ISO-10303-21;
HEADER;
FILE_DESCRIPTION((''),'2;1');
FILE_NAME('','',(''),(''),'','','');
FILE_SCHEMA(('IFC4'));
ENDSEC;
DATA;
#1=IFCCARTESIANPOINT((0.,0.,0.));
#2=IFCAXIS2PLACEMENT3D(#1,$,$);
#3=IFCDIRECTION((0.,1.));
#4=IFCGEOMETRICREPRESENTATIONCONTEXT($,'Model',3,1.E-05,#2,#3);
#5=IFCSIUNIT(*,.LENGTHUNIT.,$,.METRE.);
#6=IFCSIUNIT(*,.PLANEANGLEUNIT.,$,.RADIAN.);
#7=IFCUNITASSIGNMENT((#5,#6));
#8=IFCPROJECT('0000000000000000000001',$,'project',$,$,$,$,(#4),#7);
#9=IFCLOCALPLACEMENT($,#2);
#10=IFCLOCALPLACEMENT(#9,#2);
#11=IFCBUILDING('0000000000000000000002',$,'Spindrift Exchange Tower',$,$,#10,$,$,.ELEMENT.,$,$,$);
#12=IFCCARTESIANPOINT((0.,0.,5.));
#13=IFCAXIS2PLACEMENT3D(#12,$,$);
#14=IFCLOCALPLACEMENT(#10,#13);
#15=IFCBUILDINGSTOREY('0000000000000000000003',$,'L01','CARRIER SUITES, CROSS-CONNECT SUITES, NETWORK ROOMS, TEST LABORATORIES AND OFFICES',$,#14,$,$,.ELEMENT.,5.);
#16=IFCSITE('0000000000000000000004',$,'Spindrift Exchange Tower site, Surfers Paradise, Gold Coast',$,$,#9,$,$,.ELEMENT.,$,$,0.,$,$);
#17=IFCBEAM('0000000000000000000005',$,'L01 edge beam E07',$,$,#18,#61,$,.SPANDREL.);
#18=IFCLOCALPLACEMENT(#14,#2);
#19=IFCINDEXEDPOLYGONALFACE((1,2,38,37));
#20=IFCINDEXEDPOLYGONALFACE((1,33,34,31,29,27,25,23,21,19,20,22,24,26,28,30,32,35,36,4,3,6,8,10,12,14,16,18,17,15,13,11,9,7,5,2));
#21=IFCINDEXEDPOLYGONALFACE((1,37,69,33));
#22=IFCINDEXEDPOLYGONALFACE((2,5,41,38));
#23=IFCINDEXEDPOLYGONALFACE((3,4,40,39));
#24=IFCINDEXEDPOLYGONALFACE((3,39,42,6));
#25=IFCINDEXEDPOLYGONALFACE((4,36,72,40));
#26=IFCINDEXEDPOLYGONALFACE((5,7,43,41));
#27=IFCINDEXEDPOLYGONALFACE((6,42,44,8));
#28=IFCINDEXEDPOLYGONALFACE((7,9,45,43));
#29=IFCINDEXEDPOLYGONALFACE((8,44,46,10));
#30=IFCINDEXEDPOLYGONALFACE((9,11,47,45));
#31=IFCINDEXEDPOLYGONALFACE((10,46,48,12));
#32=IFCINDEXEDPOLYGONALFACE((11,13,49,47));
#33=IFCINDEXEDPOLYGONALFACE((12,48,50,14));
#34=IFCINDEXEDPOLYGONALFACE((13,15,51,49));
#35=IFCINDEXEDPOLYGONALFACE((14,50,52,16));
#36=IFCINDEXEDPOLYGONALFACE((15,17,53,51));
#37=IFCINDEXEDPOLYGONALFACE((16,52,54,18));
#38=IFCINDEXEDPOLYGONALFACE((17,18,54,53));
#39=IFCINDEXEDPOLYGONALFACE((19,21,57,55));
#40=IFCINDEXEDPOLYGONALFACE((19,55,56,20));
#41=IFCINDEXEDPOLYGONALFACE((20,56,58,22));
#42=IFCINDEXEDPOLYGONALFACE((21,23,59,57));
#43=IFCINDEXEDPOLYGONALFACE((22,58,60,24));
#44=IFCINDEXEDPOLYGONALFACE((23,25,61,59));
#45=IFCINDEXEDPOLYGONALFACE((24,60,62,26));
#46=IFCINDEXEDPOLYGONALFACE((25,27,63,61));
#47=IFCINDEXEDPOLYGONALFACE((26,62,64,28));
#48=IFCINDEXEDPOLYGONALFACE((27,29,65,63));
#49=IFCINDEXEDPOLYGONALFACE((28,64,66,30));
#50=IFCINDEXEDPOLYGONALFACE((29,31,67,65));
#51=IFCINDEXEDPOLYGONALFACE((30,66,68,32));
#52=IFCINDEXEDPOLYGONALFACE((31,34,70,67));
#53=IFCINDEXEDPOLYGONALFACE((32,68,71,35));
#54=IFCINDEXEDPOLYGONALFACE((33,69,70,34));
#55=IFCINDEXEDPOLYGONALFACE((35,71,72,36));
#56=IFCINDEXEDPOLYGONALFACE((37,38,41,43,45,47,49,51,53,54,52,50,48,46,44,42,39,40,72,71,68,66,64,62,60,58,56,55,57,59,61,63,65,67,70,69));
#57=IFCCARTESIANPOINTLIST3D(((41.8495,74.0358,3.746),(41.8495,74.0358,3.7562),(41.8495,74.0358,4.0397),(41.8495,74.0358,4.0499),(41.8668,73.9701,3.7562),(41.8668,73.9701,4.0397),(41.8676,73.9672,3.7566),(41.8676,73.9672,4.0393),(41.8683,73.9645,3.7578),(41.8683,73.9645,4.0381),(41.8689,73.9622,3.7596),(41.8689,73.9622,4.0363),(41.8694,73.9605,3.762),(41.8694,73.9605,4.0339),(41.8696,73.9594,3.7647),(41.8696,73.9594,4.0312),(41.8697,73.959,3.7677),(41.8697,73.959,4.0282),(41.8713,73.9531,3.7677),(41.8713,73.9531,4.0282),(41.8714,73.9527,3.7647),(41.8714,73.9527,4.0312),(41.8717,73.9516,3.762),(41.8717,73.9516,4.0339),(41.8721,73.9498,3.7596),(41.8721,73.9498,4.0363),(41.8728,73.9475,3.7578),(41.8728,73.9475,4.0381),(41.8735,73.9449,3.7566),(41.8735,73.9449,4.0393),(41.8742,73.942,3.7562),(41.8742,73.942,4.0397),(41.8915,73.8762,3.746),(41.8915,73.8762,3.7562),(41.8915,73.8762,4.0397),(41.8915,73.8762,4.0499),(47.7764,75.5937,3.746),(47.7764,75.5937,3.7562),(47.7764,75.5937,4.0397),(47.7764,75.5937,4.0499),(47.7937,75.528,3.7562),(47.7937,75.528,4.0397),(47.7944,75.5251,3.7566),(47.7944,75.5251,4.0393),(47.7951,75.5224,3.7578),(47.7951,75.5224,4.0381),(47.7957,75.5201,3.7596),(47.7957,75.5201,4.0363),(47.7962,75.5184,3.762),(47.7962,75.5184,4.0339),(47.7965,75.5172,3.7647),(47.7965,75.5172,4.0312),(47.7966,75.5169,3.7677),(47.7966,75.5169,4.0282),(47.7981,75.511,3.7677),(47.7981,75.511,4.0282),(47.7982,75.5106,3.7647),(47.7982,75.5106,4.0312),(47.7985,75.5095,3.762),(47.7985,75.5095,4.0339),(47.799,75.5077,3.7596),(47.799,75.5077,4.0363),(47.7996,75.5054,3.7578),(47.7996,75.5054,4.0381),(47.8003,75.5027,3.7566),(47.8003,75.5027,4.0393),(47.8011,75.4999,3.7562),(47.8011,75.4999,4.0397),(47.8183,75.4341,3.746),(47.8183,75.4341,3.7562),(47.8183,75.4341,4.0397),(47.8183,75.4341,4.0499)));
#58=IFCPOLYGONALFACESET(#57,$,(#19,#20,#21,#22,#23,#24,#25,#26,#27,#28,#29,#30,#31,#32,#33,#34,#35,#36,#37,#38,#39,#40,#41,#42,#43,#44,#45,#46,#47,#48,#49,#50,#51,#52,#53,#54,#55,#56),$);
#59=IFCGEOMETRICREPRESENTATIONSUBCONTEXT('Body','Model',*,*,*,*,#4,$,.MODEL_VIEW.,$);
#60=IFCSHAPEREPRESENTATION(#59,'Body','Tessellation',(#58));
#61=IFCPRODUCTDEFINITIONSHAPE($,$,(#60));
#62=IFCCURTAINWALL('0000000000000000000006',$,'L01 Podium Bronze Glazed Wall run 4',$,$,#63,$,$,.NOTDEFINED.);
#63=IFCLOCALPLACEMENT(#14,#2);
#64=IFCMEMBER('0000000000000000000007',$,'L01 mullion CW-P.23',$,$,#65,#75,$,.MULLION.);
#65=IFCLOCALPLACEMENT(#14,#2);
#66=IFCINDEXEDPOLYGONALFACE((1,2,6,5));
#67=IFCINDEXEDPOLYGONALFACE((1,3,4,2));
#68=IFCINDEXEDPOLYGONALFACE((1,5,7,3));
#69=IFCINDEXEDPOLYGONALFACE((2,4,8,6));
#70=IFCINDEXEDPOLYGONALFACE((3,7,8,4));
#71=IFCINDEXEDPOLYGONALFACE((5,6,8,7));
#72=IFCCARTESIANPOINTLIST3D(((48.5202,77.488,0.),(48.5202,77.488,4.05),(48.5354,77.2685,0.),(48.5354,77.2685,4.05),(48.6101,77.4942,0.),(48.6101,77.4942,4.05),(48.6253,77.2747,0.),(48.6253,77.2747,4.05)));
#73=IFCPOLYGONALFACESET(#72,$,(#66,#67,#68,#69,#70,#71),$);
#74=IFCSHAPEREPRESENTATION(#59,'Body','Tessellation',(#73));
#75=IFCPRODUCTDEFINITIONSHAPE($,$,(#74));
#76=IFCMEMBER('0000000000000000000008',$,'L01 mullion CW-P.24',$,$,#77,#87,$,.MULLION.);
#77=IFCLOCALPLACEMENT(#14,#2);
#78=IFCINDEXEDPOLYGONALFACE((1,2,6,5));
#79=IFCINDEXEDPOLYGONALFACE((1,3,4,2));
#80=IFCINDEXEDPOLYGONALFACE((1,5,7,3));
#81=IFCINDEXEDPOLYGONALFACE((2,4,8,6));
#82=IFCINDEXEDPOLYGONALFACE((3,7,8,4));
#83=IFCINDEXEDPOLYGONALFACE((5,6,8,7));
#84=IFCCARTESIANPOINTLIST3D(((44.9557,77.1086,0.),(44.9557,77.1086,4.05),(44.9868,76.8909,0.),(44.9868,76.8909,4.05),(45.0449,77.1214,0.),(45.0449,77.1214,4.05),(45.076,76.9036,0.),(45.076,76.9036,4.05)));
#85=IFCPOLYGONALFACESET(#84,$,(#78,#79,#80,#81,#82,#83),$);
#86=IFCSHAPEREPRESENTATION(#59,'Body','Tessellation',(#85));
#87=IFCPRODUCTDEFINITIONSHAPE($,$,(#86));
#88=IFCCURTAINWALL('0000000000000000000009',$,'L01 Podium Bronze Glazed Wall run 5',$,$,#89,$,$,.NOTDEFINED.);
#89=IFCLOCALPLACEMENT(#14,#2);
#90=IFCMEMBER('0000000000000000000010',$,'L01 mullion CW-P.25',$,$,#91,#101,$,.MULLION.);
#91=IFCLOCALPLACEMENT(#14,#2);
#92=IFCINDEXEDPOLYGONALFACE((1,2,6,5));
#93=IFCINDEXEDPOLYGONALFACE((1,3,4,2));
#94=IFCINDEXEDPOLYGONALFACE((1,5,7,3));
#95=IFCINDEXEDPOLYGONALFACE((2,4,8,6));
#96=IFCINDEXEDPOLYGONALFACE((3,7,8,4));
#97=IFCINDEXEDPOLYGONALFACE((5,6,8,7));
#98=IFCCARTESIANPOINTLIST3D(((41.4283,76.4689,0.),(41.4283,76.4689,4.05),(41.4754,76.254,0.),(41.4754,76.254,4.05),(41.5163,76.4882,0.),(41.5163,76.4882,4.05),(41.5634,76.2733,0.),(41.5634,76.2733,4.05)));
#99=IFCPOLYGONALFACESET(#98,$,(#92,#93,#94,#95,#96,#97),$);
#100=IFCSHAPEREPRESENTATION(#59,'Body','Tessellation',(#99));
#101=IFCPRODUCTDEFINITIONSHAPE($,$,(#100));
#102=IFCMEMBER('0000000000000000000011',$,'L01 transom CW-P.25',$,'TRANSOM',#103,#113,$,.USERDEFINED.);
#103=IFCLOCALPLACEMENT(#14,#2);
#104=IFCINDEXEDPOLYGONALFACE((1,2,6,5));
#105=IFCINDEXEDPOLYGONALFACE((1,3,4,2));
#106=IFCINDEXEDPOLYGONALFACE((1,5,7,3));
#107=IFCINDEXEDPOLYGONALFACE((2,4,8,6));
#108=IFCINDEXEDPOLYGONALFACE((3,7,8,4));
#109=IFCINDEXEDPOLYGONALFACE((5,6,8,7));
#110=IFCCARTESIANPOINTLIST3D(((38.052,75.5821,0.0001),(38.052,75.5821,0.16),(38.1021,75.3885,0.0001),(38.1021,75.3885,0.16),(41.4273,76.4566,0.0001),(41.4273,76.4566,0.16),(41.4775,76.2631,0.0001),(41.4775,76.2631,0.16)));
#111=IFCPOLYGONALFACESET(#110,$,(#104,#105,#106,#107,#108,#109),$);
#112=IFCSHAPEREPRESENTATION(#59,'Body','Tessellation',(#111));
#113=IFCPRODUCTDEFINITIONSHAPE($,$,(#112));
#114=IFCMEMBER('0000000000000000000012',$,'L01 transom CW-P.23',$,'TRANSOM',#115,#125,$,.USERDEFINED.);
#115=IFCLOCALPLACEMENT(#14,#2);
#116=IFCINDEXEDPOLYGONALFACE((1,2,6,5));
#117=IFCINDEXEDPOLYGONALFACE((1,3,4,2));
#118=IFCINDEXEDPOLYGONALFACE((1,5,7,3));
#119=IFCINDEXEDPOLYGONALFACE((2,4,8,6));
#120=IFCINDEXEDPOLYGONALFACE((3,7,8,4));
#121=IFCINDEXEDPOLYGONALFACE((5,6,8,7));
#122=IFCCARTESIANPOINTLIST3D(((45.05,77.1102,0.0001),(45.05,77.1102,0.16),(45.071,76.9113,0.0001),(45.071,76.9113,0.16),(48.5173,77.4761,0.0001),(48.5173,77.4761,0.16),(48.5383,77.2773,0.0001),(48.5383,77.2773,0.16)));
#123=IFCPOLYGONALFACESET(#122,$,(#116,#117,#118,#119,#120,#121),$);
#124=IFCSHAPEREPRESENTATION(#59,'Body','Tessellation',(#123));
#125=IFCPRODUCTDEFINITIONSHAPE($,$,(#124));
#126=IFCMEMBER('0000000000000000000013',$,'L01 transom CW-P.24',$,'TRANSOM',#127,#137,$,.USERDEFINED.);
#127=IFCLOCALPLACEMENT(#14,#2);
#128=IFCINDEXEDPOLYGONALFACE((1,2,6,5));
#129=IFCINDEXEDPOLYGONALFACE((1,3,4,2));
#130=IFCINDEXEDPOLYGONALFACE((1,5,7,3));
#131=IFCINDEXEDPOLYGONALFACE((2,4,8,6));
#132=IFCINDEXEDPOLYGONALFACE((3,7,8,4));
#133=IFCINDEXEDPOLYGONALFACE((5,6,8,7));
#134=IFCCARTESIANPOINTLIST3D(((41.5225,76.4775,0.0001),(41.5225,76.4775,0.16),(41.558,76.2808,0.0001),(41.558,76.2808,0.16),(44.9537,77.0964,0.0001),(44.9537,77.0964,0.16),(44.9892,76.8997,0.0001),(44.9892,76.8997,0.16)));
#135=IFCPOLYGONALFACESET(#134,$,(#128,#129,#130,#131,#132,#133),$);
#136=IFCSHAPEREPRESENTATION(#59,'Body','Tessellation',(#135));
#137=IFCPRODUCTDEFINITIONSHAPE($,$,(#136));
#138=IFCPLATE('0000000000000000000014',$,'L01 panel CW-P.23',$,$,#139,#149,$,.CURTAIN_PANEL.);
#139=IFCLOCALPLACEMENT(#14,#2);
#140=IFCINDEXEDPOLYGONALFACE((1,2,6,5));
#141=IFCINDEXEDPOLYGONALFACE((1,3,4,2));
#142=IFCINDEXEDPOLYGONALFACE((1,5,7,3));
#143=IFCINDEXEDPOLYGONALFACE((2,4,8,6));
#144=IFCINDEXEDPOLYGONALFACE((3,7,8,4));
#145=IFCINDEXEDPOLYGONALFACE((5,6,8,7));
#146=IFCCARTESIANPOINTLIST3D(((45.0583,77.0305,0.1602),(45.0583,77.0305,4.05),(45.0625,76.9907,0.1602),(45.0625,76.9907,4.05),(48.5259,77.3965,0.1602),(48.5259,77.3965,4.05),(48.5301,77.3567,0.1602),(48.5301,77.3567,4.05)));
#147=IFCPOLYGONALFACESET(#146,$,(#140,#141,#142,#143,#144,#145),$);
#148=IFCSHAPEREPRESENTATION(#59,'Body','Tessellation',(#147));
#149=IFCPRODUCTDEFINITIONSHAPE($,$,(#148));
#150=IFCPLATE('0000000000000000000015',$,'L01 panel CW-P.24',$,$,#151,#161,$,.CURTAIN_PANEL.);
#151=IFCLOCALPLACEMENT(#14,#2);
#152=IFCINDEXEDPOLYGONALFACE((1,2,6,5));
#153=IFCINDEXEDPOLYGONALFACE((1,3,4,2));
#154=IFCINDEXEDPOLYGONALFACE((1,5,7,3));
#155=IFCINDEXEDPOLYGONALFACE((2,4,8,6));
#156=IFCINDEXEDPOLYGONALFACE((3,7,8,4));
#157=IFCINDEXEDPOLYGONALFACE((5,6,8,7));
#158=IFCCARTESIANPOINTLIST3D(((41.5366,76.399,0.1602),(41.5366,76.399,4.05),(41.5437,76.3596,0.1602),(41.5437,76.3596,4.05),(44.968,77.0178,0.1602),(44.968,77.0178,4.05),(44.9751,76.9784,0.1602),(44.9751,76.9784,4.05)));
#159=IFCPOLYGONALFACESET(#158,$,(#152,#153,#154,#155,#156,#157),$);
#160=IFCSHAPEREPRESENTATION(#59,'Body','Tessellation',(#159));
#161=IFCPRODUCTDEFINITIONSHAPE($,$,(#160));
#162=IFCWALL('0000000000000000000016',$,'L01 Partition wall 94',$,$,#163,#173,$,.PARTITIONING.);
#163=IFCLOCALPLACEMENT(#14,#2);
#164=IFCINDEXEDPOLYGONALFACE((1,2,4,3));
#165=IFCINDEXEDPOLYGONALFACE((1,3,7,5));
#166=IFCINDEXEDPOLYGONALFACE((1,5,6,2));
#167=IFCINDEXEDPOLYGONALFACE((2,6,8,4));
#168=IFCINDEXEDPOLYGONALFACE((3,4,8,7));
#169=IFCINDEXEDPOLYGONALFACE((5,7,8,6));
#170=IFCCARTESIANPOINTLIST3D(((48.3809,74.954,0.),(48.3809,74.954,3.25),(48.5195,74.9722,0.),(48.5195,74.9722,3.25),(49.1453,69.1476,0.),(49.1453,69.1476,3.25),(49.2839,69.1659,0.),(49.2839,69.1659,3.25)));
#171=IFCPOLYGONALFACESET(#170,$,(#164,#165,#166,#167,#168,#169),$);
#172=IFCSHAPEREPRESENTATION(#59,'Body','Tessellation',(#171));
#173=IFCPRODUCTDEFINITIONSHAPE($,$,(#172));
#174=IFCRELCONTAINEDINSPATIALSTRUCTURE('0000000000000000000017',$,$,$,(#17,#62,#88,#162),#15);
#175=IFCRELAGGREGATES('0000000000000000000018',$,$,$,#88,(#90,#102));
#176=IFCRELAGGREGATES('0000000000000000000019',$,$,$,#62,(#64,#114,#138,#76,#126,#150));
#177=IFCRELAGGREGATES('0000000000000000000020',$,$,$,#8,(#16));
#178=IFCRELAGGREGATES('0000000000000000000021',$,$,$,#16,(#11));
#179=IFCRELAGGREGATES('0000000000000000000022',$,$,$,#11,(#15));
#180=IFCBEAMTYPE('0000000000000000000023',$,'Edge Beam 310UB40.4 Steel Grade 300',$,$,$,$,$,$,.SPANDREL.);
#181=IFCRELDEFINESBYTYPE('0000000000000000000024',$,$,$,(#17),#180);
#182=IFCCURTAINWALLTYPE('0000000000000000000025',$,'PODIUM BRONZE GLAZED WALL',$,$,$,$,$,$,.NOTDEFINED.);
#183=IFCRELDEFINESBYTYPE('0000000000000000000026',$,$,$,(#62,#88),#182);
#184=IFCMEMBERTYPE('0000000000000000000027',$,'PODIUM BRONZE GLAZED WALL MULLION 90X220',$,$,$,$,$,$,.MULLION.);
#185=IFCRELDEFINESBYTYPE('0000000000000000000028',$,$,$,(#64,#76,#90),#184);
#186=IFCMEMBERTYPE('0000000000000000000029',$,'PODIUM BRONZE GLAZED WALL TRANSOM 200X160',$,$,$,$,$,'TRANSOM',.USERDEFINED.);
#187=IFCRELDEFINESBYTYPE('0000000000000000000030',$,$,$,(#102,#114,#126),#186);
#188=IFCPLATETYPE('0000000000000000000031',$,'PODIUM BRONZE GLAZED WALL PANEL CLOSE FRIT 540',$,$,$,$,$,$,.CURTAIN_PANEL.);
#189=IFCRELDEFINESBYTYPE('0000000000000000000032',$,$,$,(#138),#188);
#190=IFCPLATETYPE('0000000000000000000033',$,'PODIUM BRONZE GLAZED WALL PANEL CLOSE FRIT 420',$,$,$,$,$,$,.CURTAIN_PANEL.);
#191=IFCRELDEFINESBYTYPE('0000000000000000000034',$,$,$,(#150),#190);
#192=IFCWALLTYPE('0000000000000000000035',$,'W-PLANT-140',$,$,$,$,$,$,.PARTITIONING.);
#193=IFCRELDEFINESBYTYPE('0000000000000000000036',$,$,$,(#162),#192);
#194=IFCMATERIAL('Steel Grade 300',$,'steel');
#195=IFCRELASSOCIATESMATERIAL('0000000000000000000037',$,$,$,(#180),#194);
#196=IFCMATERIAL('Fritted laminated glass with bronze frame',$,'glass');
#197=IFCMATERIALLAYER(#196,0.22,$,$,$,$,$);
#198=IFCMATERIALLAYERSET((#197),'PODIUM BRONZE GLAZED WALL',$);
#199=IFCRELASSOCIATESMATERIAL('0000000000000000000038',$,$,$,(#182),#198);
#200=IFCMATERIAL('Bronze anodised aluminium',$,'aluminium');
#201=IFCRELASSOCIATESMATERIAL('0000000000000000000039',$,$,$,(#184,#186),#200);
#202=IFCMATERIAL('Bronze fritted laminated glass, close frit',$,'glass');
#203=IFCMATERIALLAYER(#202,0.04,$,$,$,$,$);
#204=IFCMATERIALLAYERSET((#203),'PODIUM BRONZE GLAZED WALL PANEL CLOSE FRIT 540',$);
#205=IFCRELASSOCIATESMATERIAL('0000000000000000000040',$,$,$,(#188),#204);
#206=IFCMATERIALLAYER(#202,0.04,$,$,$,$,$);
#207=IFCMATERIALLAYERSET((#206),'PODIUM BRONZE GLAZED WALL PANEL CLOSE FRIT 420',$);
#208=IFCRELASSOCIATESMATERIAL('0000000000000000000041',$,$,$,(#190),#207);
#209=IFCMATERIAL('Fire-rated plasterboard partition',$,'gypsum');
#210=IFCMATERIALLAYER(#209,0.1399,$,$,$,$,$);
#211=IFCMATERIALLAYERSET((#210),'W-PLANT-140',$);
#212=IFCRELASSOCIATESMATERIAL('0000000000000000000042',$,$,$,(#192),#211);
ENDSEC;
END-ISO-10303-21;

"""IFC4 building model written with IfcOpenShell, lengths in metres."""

from ifc_helpers import new_model, si_unit, direction, frame, frame_2d, origin, origin_2d, place, context, subcontext, project, spatial, rectangle, i_section, extrude, source, transform, mapped, material, layer, layer_set, material_profile, profile_set, type_object, element, aggregate, save


model = new_model("IFC4")

# Units and contexts
model_context = context("Model", 3, precision=1e-05, world=origin(), true_north=direction((0.0, 1.0)))
body_context = subcontext(model_context, "Body", "Model", "MODEL_VIEW")
ifc_project = project(units=[si_unit("LENGTHUNIT", "METRE"), si_unit("PLANEANGLEUNIT", "RADIAN")], contexts=[model_context])

# Site, building, storey
site_placement = place(None, origin())
site = spatial("IfcSite", under=ifc_project, at=site_placement, Name="Spindrift Exchange Tower site, Surfers Paradise, Gold Coast", CompositionType="ELEMENT", RefElevation=0.0)
building_placement = place(site_placement, origin())
building = spatial("IfcBuilding", under=site, at=building_placement, Name="Spindrift Exchange Tower", CompositionType="ELEMENT")
storey_placement = place(building_placement, frame((0.0, 0.0, 5.0)))
storey = spatial("IfcBuildingStorey", under=building, at=storey_placement, Name="L01", Description="CARRIER SUITES, CROSS-CONNECT SUITES, NETWORK ROOMS, TEST LABORATORIES AND OFFICES", CompositionType="ELEMENT", Elevation=5.0)

# Beam
ifc_material_1 = material(Name="Steel Grade 300", Category="steel")
ifc_material_profile_1 = material_profile(ifc_material_1, i_section(OverallWidth=0.165, OverallDepth=0.304, WebThickness=0.0061, FlangeThickness=0.0103, FilletRadius=0.0115, at=origin_2d()), Name="310UB40.4")
ifc_profile_set_1 = profile_set([ifc_material_profile_1], Name="Steel Grade 300")
beam_type_1 = type_object("IfcBeamType", Name="Edge Beam 310UB40.4 Steel Grade 300", PredefinedType="SPANDREL", material=ifc_profile_set_1)
shared_shape_1 = source(origin(), body_context, "Body", "SweptSolid", [
    extrude(i_section(OverallWidth=0.165, OverallDepth=0.304, WebThickness=0.0061, FlangeThickness=0.0103, FilletRadius=0.0115, at=origin_2d()), origin(), (0.0, 0.0, 1.0), 6.1282),
])
beam_1_placement = place(storey_placement, frame((47.7974, 75.5139, 3.8979), z_axis=(-0.967147, -0.254217, 0.0), x_axis=(0.254217, -0.967147, 0.0)))
element("IfcBeam", 1, at=beam_1_placement, inside=storey, type_object=beam_type_1, Name="L01 edge beam E07", PredefinedType="SPANDREL", context=body_context, shape_type="MappedRepresentation", body=[
    mapped(shared_shape_1, transform((0.0, 0.0, 0.0), scale=1.0)),
])

# Curtain walls, members
ifc_material_2 = material(Name="Fritted laminated glass with bronze frame", Category="glass")
ifc_layer_1 = layer(ifc_material_2, 0.22)
ifc_layer_set_1 = layer_set([ifc_layer_1], Name="PODIUM BRONZE GLAZED WALL")
curtain_wall_type = type_object("IfcCurtainWallType", Name="PODIUM BRONZE GLAZED WALL", PredefinedType="NOTDEFINED", material=ifc_layer_set_1)
curtain_wall_1_placement = place(storey_placement, origin())
curtain_wall_1 = element("IfcCurtainWall", 2, at=curtain_wall_1_placement, inside=storey, type_object=curtain_wall_type, Name="L01 Podium Bronze Glazed Wall run 4", PredefinedType="NOTDEFINED")
ifc_material_3 = material(Name="Bronze anodised aluminium", Category="aluminium")
ifc_material_profile_2 = material_profile(ifc_material_3, rectangle(XDim=0.0901, YDim=0.22, at=origin_2d()), Name="PODIUM BRONZE GLAZED WALL MULLION 90X220")
ifc_profile_set_2 = profile_set([ifc_material_profile_2], Name="Bronze anodised aluminium")
member_type_1 = type_object("IfcMemberType", Name="PODIUM BRONZE GLAZED WALL MULLION 90X220", PredefinedType="MULLION", material=ifc_profile_set_2)
shared_shape_2 = source(origin(), body_context, "Body", "SweptSolid", [
    extrude(rectangle(XDim=0.0901, YDim=0.22, at=origin_2d()), origin(), (0.0, 0.0, 1.0), 4.05),
])
member_1_placement = place(storey_placement, frame((48.5728, 77.3813, 0.0), z_axis=(0.0, 0.0, 1.0), x_axis=(-0.997617, -0.068992, 0.0)))
member_1 = element("IfcMember", 3, at=member_1_placement, type_object=member_type_1, Name="L01 mullion CW-P.23", PredefinedType="MULLION", context=body_context, shape_type="MappedRepresentation", body=[
    mapped(shared_shape_2, transform((0.0, 0.0, 0.0), scale=1.0)),
])
member_2_placement = place(storey_placement, frame((45.0159, 77.0061, 0.0), z_axis=(0.0, 0.0, 1.0), x_axis=(-0.989965, -0.141315, 0.0)))
member_2 = element("IfcMember", 4, at=member_2_placement, type_object=member_type_1, Name="L01 mullion CW-P.24", PredefinedType="MULLION", context=body_context, shape_type="MappedRepresentation", body=[
    mapped(shared_shape_2, transform((0.0, 0.0, 0.0), scale=1.0)),
])
curtain_wall_2_placement = place(storey_placement, origin())
curtain_wall_2 = element("IfcCurtainWall", 5, at=curtain_wall_2_placement, inside=storey, type_object=curtain_wall_type, Name="L01 Podium Bronze Glazed Wall run 5", PredefinedType="NOTDEFINED")
member_3_placement = place(storey_placement, frame((41.4958, 76.3711, 0.0), z_axis=(0.0, 0.0, 1.0), x_axis=(-0.976764, -0.214317, 0.0)))
member_3 = element("IfcMember", 6, at=member_3_placement, type_object=member_type_1, Name="L01 mullion CW-P.25", PredefinedType="MULLION", context=body_context, shape_type="MappedRepresentation", body=[
    mapped(shared_shape_2, transform((0.0, 0.0, 0.0), scale=1.0)),
])
ifc_material_profile_3 = material_profile(ifc_material_3, rectangle(XDim=0.2, YDim=0.1599, at=origin_2d()), Name="PODIUM BRONZE GLAZED WALL TRANSOM 200X160")
ifc_profile_set_3 = profile_set([ifc_material_profile_3], Name="Bronze anodised aluminium")
member_type_2 = type_object("IfcMemberType", Name="PODIUM BRONZE GLAZED WALL TRANSOM 200X160", ElementType="TRANSOM", PredefinedType="USERDEFINED", material=ifc_profile_set_3)
shared_shape_3 = source(origin(), body_context, "Body", "SweptSolid", [
    extrude(rectangle(XDim=0.2, YDim=0.1599, at=origin_2d()), origin(), (0.0, 0.0, 1.0), 3.4868),
])
member_4_placement = place(storey_placement, frame((41.4524, 76.3599, 0.0801), z_axis=(-0.968035, -0.250814, 0.0), x_axis=(0.250814, -0.968035, 0.0)))
member_4 = element("IfcMember", 7, at=member_4_placement, type_object=member_type_2, Name="L01 transom CW-P.25", ObjectType="TRANSOM", PredefinedType="USERDEFINED", context=body_context, shape_type="MappedRepresentation", body=[
    mapped(shared_shape_3, transform((0.0, 0.0, 0.0), scale=1.0)),
])
aggregate(curtain_wall_2, [member_3, member_4])

# Members
shared_shape_4 = source(origin(), body_context, "Body", "SweptSolid", [
    extrude(rectangle(XDim=0.2, YDim=0.1599, at=origin_2d()), origin(), (0.0, 0.0, 1.0), 3.4866),
])
member_5_placement = place(storey_placement, frame((48.5278, 77.3767, 0.0801), z_axis=(-0.994476, -0.104965, 0.0), x_axis=(0.104965, -0.994476, 0.0)))
member_5 = element("IfcMember", 8, at=member_5_placement, type_object=member_type_2, Name="L01 transom CW-P.23", ObjectType="TRANSOM", PredefinedType="USERDEFINED", context=body_context, shape_type="MappedRepresentation", body=[
    mapped(shared_shape_4, transform((0.0, 0.0, 0.0), scale=1.0)),
])
member_6_placement = place(storey_placement, frame((44.9714, 76.998, 0.0801), z_axis=(-0.984119, -0.177511, 0.0), x_axis=(0.177511, -0.984119, 0.0)))
member_6 = element("IfcMember", 9, at=member_6_placement, type_object=member_type_2, Name="L01 transom CW-P.24", ObjectType="TRANSOM", PredefinedType="USERDEFINED", context=body_context, shape_type="MappedRepresentation", body=[
    mapped(shared_shape_4, transform((0.0, 0.0, 0.0), scale=1.0)),
])

# Plates
ifc_material_4 = material(Name="Bronze fritted laminated glass, close frit", Category="glass")
ifc_layer_2 = layer(ifc_material_4, 0.04)
ifc_layer_set_2 = layer_set([ifc_layer_2], Name="PODIUM BRONZE GLAZED WALL PANEL CLOSE FRIT 540")
plate_type_1 = type_object("IfcPlateType", Name="PODIUM BRONZE GLAZED WALL PANEL CLOSE FRIT 540", PredefinedType="CURTAIN_PANEL", material=ifc_layer_set_2)
shared_shape_5 = source(origin(), body_context, "Body", "SweptSolid", [
    extrude(rectangle(XDim=3.4868, YDim=0.04, at=origin_2d()), origin(), (0.0, 0.0, 1.0), 3.8899),
])
plate_1_placement = place(storey_placement, frame((46.7942, 77.1936, 0.1602), z_axis=(0.0, 0.0, 1.0), x_axis=(-0.994477, -0.104959, 0.0)))
plate_1 = element("IfcPlate", 10, at=plate_1_placement, type_object=plate_type_1, Name="L01 panel CW-P.23", PredefinedType="CURTAIN_PANEL", context=body_context, shape_type="MappedRepresentation", body=[
    mapped(shared_shape_5, transform((0.0, 0.0, 0.0), scale=1.0)),
])
ifc_layer_3 = layer(ifc_material_4, 0.04)
ifc_layer_set_3 = layer_set([ifc_layer_3], Name="PODIUM BRONZE GLAZED WALL PANEL CLOSE FRIT 420")
plate_type_2 = type_object("IfcPlateType", Name="PODIUM BRONZE GLAZED WALL PANEL CLOSE FRIT 420", PredefinedType="CURTAIN_PANEL", material=ifc_layer_set_3)
shared_shape_6 = source(origin(), body_context, "Body", "SweptSolid", [
    extrude(rectangle(XDim=3.4868, YDim=0.04, at=origin_2d()), origin(), (0.0, 0.0, 1.0), 3.8899),
])
plate_2_placement = place(storey_placement, frame((43.2559, 76.6887, 0.1602), z_axis=(0.0, 0.0, 1.0), x_axis=(-0.984124, -0.177483, 0.0)))
plate_2 = element("IfcPlate", 11, at=plate_2_placement, type_object=plate_type_2, Name="L01 panel CW-P.24", PredefinedType="CURTAIN_PANEL", context=body_context, shape_type="MappedRepresentation", body=[
    mapped(shared_shape_6, transform((0.0, 0.0, 0.0), scale=1.0)),
])
aggregate(curtain_wall_1, [member_1, member_5, plate_1, member_2, member_6, plate_2])

# Wall
ifc_material_5 = material(Name="Fire-rated plasterboard partition", Category="gypsum")
ifc_layer_4 = layer(ifc_material_5, 0.1399)
ifc_layer_set_4 = layer_set([ifc_layer_4], Name="W-PLANT-140")
wall_type = type_object("IfcWallType", Name="W-PLANT-140", PredefinedType="PARTITIONING", material=ifc_layer_set_4)
wall_1_placement = place(storey_placement, frame((49.2146, 69.1567, 0.0), z_axis=(0.0, 0.0, 1.0), x_axis=(-0.130522, 0.991445, 0.0)))
element("IfcWall", 12, at=wall_1_placement, inside=storey, type_object=wall_type, Name="L01 Partition wall 94", PredefinedType="PARTITIONING", context=body_context, shape_type="SweptSolid", body=[
    extrude(rectangle(XDim=5.8564, YDim=0.1399, at=frame_2d((2.9282, 0.0))), origin(), (0.0, 0.0, 1.0), 3.25),
])

save(model, "model.ifc")
